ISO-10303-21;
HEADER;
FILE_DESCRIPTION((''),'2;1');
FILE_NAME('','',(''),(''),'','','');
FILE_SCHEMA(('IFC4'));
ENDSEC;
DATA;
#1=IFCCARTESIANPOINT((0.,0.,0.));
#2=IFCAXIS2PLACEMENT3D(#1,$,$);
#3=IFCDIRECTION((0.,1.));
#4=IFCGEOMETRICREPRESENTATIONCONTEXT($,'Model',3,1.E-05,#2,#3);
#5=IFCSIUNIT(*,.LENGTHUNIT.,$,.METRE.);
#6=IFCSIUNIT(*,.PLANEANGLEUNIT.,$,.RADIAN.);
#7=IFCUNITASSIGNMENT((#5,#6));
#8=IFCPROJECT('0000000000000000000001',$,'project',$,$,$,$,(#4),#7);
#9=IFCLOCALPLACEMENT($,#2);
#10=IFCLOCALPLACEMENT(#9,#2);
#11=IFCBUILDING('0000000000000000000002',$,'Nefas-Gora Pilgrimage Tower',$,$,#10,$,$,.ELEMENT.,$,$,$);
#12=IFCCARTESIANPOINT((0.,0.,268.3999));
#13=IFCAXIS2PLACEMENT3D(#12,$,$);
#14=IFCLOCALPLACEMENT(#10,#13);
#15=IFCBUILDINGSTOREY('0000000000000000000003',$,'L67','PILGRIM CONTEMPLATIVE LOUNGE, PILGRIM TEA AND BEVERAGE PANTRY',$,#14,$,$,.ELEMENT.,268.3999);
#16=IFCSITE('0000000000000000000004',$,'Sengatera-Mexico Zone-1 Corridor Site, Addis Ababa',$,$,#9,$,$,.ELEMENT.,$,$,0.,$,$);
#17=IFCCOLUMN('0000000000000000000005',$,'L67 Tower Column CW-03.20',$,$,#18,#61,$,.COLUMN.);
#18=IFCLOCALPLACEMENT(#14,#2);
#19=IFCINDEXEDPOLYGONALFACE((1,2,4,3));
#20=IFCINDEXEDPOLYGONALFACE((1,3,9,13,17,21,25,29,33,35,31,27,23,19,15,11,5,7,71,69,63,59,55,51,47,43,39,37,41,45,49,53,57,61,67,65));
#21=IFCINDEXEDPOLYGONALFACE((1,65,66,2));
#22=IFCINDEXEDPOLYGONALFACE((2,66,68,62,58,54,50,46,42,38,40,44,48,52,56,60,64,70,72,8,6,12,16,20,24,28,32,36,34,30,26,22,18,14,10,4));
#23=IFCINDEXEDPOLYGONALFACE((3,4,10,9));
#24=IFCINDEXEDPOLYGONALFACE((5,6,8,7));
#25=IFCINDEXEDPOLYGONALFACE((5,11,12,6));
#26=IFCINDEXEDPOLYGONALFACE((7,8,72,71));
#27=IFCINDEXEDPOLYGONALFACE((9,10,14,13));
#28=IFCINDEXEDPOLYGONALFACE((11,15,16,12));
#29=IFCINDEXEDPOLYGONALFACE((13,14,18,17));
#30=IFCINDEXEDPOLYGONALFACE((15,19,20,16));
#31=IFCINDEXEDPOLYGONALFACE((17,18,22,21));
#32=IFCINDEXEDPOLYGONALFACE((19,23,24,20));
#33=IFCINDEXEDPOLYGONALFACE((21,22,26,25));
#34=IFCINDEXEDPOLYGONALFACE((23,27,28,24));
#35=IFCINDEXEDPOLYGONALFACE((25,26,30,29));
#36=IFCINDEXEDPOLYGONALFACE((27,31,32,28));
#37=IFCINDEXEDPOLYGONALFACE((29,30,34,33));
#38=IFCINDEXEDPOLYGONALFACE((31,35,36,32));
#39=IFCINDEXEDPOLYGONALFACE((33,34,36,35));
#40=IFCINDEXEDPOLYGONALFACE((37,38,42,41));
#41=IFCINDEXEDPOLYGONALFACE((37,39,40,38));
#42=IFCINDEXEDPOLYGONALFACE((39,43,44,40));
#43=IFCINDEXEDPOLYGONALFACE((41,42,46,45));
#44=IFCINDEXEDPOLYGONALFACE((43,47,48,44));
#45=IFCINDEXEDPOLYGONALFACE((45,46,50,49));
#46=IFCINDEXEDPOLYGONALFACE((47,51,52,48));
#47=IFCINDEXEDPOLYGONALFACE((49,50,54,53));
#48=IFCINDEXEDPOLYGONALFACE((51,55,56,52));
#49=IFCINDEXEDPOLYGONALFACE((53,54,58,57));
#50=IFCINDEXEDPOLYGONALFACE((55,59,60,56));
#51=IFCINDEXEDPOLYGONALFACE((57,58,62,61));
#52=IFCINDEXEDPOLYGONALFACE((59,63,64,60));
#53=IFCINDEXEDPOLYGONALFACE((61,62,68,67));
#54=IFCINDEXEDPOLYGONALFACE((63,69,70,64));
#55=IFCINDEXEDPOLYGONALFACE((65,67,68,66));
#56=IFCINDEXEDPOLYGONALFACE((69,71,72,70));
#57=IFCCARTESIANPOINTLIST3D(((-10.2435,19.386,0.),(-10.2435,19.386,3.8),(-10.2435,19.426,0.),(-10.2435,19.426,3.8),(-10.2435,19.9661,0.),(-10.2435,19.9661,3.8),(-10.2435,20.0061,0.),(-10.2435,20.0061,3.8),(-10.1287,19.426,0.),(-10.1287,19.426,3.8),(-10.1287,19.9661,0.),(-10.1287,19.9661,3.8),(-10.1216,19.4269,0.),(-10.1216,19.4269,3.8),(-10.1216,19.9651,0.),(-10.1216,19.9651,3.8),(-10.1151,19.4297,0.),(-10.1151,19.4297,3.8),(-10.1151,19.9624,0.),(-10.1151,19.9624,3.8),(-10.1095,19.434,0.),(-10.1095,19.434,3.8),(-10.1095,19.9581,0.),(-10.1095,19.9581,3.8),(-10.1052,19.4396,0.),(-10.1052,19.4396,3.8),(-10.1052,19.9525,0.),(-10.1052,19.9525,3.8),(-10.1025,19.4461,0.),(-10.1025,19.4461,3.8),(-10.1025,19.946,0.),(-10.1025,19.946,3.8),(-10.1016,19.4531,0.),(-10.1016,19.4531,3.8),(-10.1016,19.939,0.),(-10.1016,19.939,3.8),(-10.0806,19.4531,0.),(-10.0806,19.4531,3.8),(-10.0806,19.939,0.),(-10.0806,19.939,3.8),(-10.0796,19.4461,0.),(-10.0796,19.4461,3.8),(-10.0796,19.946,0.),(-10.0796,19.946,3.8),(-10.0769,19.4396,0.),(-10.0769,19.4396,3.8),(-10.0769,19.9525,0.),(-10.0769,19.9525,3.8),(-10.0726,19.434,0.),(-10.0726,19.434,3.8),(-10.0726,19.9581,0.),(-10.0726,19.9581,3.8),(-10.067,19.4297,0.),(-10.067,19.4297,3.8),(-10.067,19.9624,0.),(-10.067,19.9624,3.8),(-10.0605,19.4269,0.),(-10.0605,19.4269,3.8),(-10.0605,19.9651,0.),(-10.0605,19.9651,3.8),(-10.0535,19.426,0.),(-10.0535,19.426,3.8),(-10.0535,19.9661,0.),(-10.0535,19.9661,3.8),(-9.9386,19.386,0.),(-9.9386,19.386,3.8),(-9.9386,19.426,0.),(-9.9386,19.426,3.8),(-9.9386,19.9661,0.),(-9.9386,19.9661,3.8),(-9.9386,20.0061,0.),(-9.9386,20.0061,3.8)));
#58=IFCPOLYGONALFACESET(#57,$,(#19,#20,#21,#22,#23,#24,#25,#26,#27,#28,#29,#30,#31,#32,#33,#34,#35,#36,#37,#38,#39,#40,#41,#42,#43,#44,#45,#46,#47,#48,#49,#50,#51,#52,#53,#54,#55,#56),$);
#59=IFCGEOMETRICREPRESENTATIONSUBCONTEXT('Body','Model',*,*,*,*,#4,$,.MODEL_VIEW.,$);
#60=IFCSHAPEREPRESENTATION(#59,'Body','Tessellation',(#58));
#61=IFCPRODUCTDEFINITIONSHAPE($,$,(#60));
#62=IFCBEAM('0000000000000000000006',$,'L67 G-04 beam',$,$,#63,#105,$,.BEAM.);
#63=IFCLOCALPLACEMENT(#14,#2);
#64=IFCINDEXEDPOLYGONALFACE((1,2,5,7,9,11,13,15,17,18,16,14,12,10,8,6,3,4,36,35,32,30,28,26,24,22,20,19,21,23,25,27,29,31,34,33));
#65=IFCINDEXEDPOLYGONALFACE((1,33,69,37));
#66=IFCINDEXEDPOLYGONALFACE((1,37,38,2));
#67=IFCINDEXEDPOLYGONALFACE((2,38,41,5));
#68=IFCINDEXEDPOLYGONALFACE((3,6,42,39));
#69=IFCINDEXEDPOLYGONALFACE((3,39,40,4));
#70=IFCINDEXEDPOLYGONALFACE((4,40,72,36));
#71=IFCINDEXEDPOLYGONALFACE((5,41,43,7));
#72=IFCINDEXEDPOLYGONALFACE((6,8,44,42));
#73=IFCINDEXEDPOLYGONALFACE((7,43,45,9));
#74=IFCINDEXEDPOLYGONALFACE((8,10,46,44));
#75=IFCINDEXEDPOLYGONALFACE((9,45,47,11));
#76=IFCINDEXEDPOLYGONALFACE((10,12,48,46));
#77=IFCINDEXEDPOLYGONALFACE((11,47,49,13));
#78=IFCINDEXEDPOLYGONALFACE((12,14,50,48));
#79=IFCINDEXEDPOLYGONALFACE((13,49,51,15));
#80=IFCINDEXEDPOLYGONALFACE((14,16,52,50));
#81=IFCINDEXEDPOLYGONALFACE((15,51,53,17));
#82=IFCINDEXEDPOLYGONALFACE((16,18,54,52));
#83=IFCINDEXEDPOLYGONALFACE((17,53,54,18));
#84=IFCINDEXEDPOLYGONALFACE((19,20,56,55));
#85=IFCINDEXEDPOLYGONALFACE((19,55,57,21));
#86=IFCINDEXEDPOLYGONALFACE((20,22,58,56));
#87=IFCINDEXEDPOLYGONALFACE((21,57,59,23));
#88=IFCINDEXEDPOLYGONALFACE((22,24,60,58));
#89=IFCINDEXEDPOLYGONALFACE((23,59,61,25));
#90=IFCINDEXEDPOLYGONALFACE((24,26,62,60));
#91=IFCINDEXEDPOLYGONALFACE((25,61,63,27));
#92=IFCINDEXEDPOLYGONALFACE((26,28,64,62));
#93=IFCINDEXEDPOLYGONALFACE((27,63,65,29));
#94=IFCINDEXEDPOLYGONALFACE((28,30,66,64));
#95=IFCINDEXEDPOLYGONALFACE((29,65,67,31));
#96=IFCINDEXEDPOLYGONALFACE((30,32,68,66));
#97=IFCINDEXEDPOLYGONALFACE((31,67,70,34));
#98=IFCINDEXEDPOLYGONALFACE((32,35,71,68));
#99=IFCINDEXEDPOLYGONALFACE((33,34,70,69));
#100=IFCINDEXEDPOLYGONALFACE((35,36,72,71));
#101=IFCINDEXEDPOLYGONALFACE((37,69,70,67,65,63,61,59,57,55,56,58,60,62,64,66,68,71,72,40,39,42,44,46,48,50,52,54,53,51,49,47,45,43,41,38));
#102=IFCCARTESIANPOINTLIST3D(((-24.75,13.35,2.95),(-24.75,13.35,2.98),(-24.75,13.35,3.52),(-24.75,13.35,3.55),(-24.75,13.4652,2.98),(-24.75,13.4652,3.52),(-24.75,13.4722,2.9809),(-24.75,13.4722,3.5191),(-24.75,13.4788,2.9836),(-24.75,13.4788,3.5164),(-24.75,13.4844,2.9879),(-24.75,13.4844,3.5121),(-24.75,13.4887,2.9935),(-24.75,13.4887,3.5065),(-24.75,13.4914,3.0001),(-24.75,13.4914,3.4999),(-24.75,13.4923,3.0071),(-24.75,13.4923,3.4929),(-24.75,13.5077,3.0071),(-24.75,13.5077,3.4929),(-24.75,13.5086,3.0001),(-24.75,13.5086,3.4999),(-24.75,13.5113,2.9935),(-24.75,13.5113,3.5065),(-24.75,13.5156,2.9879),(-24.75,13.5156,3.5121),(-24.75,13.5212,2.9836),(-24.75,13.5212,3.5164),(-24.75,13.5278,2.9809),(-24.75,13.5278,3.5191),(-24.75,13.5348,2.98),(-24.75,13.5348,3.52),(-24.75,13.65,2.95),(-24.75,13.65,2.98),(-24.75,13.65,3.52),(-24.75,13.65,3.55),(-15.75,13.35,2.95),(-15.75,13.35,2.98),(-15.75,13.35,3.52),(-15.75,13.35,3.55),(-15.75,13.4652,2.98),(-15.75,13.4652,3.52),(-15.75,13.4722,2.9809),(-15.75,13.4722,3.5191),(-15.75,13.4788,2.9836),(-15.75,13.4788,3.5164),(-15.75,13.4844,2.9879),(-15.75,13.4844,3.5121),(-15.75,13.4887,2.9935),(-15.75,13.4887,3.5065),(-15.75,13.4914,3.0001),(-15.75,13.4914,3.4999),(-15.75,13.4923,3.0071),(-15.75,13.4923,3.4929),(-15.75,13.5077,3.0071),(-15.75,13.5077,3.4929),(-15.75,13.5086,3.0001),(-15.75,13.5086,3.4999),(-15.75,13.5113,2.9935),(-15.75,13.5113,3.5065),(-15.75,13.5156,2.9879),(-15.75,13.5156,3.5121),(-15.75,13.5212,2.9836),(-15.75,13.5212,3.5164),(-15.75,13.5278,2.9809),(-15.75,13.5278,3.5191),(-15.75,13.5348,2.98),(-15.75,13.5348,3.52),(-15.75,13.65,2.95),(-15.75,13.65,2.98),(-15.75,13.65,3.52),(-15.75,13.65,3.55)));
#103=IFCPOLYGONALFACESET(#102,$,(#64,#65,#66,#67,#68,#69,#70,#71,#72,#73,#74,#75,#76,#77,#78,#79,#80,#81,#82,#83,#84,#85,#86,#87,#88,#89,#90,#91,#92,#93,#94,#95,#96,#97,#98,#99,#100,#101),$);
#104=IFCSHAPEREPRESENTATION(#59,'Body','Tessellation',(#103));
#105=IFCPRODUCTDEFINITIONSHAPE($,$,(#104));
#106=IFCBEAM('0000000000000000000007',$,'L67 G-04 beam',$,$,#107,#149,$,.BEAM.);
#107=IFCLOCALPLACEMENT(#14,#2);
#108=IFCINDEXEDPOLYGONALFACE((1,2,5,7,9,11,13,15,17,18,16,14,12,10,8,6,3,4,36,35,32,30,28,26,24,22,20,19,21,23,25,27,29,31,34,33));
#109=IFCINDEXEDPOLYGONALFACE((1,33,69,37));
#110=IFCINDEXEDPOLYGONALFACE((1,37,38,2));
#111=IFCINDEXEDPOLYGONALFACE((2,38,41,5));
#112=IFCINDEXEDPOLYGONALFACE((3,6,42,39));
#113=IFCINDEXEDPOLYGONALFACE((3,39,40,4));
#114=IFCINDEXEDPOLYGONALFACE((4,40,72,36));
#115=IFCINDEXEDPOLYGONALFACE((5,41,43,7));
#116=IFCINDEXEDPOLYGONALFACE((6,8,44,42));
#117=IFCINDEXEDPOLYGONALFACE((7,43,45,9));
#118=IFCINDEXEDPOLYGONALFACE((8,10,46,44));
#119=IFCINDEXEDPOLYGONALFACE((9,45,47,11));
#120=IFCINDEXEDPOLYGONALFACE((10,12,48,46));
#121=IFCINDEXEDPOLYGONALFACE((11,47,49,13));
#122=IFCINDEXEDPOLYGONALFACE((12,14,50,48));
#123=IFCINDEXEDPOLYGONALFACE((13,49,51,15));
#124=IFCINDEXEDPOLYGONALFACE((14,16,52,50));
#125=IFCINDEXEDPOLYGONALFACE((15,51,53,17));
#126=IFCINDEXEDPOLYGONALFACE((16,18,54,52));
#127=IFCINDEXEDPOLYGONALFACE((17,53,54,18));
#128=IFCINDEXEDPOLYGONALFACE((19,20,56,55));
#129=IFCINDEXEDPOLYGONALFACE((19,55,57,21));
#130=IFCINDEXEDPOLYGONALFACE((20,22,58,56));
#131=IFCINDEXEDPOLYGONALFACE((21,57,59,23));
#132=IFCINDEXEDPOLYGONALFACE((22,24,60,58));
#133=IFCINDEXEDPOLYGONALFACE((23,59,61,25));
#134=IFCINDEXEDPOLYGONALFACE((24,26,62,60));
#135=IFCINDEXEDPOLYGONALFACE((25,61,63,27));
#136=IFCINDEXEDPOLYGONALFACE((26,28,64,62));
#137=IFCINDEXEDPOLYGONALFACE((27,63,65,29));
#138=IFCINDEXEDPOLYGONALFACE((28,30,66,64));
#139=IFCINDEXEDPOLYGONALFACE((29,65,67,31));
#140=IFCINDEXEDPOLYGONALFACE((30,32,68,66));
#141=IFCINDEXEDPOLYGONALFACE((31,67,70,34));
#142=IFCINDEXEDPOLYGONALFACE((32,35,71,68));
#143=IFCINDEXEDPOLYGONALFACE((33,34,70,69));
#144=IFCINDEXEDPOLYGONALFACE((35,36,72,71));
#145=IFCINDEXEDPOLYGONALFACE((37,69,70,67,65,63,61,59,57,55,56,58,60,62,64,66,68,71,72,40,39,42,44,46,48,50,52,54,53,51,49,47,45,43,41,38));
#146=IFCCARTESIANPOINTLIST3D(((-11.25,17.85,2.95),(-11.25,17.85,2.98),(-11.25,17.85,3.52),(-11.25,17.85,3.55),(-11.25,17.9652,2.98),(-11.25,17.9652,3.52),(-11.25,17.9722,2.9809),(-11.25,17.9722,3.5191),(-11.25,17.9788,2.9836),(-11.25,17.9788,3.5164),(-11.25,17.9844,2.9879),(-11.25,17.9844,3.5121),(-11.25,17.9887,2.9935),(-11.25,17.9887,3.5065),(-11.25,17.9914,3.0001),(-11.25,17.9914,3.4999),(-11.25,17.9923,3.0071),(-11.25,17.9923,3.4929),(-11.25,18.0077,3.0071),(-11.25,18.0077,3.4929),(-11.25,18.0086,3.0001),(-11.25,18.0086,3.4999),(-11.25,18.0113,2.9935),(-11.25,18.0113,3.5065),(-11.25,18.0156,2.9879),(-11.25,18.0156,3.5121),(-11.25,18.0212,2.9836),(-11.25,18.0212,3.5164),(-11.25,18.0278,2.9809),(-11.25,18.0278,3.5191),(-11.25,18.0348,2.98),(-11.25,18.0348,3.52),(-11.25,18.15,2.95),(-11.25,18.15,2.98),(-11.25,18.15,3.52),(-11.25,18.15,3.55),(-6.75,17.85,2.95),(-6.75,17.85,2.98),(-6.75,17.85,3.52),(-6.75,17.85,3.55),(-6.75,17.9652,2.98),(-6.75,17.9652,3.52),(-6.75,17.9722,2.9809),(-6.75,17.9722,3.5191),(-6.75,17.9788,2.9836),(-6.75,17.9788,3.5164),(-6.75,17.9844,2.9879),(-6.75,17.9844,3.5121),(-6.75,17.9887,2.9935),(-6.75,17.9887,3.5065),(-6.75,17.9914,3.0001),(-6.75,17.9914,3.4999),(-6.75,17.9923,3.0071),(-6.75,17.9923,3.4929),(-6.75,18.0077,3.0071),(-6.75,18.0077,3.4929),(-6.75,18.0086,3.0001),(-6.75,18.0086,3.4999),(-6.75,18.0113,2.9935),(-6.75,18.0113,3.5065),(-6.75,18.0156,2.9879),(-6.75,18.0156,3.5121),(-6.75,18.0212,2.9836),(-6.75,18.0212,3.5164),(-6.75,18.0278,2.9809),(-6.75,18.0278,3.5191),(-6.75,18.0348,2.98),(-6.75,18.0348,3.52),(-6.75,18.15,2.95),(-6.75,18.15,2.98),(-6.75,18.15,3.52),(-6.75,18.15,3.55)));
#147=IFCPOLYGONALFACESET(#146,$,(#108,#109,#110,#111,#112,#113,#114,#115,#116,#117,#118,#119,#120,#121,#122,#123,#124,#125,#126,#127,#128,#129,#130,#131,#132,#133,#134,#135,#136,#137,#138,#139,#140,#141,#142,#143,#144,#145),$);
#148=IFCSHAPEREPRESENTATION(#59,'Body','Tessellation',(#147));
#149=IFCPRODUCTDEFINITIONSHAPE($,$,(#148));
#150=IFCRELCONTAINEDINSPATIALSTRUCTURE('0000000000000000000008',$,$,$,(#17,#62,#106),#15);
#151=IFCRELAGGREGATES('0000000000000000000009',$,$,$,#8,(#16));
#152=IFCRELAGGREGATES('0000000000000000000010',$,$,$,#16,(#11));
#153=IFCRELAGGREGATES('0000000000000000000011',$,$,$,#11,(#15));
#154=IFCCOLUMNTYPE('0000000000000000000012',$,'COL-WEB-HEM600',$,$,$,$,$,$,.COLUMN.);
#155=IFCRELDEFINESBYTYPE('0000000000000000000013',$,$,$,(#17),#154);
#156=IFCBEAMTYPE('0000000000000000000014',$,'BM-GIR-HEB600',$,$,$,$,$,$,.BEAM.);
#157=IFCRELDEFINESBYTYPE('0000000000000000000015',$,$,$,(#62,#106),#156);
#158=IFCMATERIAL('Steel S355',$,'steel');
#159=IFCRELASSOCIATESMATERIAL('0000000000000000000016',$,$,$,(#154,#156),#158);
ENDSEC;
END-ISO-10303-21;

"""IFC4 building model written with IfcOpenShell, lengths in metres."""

from ifc_helpers import new_model, si_unit, direction, frame, origin, origin_2d, place, context, subcontext, project, spatial, i_section, extrude, source, transform, mapped, material, material_profile, profile_set, type_object, element, save


model = new_model("IFC4")

# Units and contexts
model_context = context("Model", 3, precision=1e-05, world=origin(), true_north=direction((0.0, 1.0)))
body_context = subcontext(model_context, "Body", "Model", "MODEL_VIEW")
ifc_project = project(units=[si_unit("LENGTHUNIT", "METRE"), si_unit("PLANEANGLEUNIT", "RADIAN")], contexts=[model_context])

# Site, building, storey
site_placement = place(None, origin())
site = spatial("IfcSite", under=ifc_project, at=site_placement, Name="Sengatera-Mexico Zone-1 Corridor Site, Addis Ababa", CompositionType="ELEMENT", RefElevation=0.0)
building_placement = place(site_placement, origin())
building = spatial("IfcBuilding", under=site, at=building_placement, Name="Nefas-Gora Pilgrimage Tower", CompositionType="ELEMENT")
storey_placement = place(building_placement, frame((0.0, 0.0, 268.3999)))
storey = spatial("IfcBuildingStorey", under=building, at=storey_placement, Name="L67", Description="PILGRIM CONTEMPLATIVE LOUNGE, PILGRIM TEA AND BEVERAGE PANTRY", CompositionType="ELEMENT", Elevation=268.3999)

# Column
ifc_material_1 = material(Name="Steel S355", Category="steel")
ifc_material_profile_1 = material_profile(ifc_material_1, i_section(OverallWidth=0.3049, OverallDepth=0.6201, WebThickness=0.021, FlangeThickness=0.04, FilletRadius=0.0271, at=origin_2d()), Name="HEM 600")
ifc_profile_set_1 = profile_set([ifc_material_profile_1], Name="Steel S355")
column_type_1 = type_object("IfcColumnType", Name="COL-WEB-HEM600", PredefinedType="COLUMN", material=ifc_profile_set_1)
shared_shape_1 = source(origin(), body_context, "Body", "SweptSolid", [
    extrude(i_section(OverallWidth=0.3049, OverallDepth=0.6201, WebThickness=0.021, FlangeThickness=0.04, FilletRadius=0.0271, at=origin_2d()), origin(), (0.0, 0.0, 1.0), 3.8),
])
for number, where, z_axis, x_axis, name in (
    (1, (-10.0911, 19.696, 0.0), (0.0, 0.0, 1.0), (1.0, 0.0, 0.0), "L67 Tower Column CW-03.20"),
):
    element("IfcColumn", number, at=place(storey_placement, frame(where, z_axis=z_axis, x_axis=x_axis)), inside=storey, type_object=column_type_1, Name=name, PredefinedType="COLUMN", context=body_context, shape_type="MappedRepresentation", body=[
        mapped(shared_shape_1, transform((0.0, 0.0, 0.0), x_axis=(1.0, 0.0, 0.0), y_axis=(0.0, 1.0, 0.0), z_axis=(0.0, 0.0, 1.0), scale=1.0)),
    ])

# Beams
ifc_material_profile_2 = material_profile(ifc_material_1, i_section(OverallWidth=0.3, OverallDepth=0.6001, WebThickness=0.0154, FlangeThickness=0.03, FilletRadius=0.0271, at=origin_2d()), Name="HEB 600")
ifc_profile_set_2 = profile_set([ifc_material_profile_2], Name="Steel S355")
beam_type = type_object("IfcBeamType", Name="BM-GIR-HEB600", PredefinedType="BEAM", material=ifc_profile_set_2)
shared_shape_2 = source(origin(), body_context, "Body", "SweptSolid", [
    extrude(i_section(OverallWidth=0.3, OverallDepth=0.6001, WebThickness=0.0154, FlangeThickness=0.03, FilletRadius=0.0271, at=origin_2d()), origin(), (0.0, 0.0, 1.0), 9.0),
])
beam_1_placement = place(storey_placement, frame((-24.75, 13.5, 3.25), z_axis=(1.0, 0.0, 0.0), x_axis=(0.0, 1.0, 0.0)))
element("IfcBeam", 2, at=beam_1_placement, inside=storey, type_object=beam_type, Name="L67 G-04 beam", PredefinedType="BEAM", context=body_context, shape_type="MappedRepresentation", body=[
    mapped(shared_shape_2, transform((0.0, 0.0, 0.0), x_axis=(1.0, 0.0, 0.0), y_axis=(0.0, 1.0, 0.0), z_axis=(0.0, 0.0, 1.0), scale=1.0)),
])
shared_shape_3 = source(origin(), body_context, "Body", "SweptSolid", [
    extrude(i_section(OverallWidth=0.3, OverallDepth=0.6001, WebThickness=0.0154, FlangeThickness=0.03, FilletRadius=0.0271, at=origin_2d()), origin(), (0.0, 0.0, 1.0), 4.5),
])
beam_2_placement = place(storey_placement, frame((-11.25, 18.0, 3.25), z_axis=(1.0, 0.0, 0.0), x_axis=(0.0, 1.0, 0.0)))
element("IfcBeam", 3, at=beam_2_placement, inside=storey, type_object=beam_type, Name="L67 G-04 beam", PredefinedType="BEAM", context=body_context, shape_type="MappedRepresentation", body=[
    mapped(shared_shape_3, transform((0.0, 0.0, 0.0), x_axis=(1.0, 0.0, 0.0), y_axis=(0.0, 1.0, 0.0), z_axis=(0.0, 0.0, 1.0), scale=1.0)),
])

save(model, "model.ifc")
